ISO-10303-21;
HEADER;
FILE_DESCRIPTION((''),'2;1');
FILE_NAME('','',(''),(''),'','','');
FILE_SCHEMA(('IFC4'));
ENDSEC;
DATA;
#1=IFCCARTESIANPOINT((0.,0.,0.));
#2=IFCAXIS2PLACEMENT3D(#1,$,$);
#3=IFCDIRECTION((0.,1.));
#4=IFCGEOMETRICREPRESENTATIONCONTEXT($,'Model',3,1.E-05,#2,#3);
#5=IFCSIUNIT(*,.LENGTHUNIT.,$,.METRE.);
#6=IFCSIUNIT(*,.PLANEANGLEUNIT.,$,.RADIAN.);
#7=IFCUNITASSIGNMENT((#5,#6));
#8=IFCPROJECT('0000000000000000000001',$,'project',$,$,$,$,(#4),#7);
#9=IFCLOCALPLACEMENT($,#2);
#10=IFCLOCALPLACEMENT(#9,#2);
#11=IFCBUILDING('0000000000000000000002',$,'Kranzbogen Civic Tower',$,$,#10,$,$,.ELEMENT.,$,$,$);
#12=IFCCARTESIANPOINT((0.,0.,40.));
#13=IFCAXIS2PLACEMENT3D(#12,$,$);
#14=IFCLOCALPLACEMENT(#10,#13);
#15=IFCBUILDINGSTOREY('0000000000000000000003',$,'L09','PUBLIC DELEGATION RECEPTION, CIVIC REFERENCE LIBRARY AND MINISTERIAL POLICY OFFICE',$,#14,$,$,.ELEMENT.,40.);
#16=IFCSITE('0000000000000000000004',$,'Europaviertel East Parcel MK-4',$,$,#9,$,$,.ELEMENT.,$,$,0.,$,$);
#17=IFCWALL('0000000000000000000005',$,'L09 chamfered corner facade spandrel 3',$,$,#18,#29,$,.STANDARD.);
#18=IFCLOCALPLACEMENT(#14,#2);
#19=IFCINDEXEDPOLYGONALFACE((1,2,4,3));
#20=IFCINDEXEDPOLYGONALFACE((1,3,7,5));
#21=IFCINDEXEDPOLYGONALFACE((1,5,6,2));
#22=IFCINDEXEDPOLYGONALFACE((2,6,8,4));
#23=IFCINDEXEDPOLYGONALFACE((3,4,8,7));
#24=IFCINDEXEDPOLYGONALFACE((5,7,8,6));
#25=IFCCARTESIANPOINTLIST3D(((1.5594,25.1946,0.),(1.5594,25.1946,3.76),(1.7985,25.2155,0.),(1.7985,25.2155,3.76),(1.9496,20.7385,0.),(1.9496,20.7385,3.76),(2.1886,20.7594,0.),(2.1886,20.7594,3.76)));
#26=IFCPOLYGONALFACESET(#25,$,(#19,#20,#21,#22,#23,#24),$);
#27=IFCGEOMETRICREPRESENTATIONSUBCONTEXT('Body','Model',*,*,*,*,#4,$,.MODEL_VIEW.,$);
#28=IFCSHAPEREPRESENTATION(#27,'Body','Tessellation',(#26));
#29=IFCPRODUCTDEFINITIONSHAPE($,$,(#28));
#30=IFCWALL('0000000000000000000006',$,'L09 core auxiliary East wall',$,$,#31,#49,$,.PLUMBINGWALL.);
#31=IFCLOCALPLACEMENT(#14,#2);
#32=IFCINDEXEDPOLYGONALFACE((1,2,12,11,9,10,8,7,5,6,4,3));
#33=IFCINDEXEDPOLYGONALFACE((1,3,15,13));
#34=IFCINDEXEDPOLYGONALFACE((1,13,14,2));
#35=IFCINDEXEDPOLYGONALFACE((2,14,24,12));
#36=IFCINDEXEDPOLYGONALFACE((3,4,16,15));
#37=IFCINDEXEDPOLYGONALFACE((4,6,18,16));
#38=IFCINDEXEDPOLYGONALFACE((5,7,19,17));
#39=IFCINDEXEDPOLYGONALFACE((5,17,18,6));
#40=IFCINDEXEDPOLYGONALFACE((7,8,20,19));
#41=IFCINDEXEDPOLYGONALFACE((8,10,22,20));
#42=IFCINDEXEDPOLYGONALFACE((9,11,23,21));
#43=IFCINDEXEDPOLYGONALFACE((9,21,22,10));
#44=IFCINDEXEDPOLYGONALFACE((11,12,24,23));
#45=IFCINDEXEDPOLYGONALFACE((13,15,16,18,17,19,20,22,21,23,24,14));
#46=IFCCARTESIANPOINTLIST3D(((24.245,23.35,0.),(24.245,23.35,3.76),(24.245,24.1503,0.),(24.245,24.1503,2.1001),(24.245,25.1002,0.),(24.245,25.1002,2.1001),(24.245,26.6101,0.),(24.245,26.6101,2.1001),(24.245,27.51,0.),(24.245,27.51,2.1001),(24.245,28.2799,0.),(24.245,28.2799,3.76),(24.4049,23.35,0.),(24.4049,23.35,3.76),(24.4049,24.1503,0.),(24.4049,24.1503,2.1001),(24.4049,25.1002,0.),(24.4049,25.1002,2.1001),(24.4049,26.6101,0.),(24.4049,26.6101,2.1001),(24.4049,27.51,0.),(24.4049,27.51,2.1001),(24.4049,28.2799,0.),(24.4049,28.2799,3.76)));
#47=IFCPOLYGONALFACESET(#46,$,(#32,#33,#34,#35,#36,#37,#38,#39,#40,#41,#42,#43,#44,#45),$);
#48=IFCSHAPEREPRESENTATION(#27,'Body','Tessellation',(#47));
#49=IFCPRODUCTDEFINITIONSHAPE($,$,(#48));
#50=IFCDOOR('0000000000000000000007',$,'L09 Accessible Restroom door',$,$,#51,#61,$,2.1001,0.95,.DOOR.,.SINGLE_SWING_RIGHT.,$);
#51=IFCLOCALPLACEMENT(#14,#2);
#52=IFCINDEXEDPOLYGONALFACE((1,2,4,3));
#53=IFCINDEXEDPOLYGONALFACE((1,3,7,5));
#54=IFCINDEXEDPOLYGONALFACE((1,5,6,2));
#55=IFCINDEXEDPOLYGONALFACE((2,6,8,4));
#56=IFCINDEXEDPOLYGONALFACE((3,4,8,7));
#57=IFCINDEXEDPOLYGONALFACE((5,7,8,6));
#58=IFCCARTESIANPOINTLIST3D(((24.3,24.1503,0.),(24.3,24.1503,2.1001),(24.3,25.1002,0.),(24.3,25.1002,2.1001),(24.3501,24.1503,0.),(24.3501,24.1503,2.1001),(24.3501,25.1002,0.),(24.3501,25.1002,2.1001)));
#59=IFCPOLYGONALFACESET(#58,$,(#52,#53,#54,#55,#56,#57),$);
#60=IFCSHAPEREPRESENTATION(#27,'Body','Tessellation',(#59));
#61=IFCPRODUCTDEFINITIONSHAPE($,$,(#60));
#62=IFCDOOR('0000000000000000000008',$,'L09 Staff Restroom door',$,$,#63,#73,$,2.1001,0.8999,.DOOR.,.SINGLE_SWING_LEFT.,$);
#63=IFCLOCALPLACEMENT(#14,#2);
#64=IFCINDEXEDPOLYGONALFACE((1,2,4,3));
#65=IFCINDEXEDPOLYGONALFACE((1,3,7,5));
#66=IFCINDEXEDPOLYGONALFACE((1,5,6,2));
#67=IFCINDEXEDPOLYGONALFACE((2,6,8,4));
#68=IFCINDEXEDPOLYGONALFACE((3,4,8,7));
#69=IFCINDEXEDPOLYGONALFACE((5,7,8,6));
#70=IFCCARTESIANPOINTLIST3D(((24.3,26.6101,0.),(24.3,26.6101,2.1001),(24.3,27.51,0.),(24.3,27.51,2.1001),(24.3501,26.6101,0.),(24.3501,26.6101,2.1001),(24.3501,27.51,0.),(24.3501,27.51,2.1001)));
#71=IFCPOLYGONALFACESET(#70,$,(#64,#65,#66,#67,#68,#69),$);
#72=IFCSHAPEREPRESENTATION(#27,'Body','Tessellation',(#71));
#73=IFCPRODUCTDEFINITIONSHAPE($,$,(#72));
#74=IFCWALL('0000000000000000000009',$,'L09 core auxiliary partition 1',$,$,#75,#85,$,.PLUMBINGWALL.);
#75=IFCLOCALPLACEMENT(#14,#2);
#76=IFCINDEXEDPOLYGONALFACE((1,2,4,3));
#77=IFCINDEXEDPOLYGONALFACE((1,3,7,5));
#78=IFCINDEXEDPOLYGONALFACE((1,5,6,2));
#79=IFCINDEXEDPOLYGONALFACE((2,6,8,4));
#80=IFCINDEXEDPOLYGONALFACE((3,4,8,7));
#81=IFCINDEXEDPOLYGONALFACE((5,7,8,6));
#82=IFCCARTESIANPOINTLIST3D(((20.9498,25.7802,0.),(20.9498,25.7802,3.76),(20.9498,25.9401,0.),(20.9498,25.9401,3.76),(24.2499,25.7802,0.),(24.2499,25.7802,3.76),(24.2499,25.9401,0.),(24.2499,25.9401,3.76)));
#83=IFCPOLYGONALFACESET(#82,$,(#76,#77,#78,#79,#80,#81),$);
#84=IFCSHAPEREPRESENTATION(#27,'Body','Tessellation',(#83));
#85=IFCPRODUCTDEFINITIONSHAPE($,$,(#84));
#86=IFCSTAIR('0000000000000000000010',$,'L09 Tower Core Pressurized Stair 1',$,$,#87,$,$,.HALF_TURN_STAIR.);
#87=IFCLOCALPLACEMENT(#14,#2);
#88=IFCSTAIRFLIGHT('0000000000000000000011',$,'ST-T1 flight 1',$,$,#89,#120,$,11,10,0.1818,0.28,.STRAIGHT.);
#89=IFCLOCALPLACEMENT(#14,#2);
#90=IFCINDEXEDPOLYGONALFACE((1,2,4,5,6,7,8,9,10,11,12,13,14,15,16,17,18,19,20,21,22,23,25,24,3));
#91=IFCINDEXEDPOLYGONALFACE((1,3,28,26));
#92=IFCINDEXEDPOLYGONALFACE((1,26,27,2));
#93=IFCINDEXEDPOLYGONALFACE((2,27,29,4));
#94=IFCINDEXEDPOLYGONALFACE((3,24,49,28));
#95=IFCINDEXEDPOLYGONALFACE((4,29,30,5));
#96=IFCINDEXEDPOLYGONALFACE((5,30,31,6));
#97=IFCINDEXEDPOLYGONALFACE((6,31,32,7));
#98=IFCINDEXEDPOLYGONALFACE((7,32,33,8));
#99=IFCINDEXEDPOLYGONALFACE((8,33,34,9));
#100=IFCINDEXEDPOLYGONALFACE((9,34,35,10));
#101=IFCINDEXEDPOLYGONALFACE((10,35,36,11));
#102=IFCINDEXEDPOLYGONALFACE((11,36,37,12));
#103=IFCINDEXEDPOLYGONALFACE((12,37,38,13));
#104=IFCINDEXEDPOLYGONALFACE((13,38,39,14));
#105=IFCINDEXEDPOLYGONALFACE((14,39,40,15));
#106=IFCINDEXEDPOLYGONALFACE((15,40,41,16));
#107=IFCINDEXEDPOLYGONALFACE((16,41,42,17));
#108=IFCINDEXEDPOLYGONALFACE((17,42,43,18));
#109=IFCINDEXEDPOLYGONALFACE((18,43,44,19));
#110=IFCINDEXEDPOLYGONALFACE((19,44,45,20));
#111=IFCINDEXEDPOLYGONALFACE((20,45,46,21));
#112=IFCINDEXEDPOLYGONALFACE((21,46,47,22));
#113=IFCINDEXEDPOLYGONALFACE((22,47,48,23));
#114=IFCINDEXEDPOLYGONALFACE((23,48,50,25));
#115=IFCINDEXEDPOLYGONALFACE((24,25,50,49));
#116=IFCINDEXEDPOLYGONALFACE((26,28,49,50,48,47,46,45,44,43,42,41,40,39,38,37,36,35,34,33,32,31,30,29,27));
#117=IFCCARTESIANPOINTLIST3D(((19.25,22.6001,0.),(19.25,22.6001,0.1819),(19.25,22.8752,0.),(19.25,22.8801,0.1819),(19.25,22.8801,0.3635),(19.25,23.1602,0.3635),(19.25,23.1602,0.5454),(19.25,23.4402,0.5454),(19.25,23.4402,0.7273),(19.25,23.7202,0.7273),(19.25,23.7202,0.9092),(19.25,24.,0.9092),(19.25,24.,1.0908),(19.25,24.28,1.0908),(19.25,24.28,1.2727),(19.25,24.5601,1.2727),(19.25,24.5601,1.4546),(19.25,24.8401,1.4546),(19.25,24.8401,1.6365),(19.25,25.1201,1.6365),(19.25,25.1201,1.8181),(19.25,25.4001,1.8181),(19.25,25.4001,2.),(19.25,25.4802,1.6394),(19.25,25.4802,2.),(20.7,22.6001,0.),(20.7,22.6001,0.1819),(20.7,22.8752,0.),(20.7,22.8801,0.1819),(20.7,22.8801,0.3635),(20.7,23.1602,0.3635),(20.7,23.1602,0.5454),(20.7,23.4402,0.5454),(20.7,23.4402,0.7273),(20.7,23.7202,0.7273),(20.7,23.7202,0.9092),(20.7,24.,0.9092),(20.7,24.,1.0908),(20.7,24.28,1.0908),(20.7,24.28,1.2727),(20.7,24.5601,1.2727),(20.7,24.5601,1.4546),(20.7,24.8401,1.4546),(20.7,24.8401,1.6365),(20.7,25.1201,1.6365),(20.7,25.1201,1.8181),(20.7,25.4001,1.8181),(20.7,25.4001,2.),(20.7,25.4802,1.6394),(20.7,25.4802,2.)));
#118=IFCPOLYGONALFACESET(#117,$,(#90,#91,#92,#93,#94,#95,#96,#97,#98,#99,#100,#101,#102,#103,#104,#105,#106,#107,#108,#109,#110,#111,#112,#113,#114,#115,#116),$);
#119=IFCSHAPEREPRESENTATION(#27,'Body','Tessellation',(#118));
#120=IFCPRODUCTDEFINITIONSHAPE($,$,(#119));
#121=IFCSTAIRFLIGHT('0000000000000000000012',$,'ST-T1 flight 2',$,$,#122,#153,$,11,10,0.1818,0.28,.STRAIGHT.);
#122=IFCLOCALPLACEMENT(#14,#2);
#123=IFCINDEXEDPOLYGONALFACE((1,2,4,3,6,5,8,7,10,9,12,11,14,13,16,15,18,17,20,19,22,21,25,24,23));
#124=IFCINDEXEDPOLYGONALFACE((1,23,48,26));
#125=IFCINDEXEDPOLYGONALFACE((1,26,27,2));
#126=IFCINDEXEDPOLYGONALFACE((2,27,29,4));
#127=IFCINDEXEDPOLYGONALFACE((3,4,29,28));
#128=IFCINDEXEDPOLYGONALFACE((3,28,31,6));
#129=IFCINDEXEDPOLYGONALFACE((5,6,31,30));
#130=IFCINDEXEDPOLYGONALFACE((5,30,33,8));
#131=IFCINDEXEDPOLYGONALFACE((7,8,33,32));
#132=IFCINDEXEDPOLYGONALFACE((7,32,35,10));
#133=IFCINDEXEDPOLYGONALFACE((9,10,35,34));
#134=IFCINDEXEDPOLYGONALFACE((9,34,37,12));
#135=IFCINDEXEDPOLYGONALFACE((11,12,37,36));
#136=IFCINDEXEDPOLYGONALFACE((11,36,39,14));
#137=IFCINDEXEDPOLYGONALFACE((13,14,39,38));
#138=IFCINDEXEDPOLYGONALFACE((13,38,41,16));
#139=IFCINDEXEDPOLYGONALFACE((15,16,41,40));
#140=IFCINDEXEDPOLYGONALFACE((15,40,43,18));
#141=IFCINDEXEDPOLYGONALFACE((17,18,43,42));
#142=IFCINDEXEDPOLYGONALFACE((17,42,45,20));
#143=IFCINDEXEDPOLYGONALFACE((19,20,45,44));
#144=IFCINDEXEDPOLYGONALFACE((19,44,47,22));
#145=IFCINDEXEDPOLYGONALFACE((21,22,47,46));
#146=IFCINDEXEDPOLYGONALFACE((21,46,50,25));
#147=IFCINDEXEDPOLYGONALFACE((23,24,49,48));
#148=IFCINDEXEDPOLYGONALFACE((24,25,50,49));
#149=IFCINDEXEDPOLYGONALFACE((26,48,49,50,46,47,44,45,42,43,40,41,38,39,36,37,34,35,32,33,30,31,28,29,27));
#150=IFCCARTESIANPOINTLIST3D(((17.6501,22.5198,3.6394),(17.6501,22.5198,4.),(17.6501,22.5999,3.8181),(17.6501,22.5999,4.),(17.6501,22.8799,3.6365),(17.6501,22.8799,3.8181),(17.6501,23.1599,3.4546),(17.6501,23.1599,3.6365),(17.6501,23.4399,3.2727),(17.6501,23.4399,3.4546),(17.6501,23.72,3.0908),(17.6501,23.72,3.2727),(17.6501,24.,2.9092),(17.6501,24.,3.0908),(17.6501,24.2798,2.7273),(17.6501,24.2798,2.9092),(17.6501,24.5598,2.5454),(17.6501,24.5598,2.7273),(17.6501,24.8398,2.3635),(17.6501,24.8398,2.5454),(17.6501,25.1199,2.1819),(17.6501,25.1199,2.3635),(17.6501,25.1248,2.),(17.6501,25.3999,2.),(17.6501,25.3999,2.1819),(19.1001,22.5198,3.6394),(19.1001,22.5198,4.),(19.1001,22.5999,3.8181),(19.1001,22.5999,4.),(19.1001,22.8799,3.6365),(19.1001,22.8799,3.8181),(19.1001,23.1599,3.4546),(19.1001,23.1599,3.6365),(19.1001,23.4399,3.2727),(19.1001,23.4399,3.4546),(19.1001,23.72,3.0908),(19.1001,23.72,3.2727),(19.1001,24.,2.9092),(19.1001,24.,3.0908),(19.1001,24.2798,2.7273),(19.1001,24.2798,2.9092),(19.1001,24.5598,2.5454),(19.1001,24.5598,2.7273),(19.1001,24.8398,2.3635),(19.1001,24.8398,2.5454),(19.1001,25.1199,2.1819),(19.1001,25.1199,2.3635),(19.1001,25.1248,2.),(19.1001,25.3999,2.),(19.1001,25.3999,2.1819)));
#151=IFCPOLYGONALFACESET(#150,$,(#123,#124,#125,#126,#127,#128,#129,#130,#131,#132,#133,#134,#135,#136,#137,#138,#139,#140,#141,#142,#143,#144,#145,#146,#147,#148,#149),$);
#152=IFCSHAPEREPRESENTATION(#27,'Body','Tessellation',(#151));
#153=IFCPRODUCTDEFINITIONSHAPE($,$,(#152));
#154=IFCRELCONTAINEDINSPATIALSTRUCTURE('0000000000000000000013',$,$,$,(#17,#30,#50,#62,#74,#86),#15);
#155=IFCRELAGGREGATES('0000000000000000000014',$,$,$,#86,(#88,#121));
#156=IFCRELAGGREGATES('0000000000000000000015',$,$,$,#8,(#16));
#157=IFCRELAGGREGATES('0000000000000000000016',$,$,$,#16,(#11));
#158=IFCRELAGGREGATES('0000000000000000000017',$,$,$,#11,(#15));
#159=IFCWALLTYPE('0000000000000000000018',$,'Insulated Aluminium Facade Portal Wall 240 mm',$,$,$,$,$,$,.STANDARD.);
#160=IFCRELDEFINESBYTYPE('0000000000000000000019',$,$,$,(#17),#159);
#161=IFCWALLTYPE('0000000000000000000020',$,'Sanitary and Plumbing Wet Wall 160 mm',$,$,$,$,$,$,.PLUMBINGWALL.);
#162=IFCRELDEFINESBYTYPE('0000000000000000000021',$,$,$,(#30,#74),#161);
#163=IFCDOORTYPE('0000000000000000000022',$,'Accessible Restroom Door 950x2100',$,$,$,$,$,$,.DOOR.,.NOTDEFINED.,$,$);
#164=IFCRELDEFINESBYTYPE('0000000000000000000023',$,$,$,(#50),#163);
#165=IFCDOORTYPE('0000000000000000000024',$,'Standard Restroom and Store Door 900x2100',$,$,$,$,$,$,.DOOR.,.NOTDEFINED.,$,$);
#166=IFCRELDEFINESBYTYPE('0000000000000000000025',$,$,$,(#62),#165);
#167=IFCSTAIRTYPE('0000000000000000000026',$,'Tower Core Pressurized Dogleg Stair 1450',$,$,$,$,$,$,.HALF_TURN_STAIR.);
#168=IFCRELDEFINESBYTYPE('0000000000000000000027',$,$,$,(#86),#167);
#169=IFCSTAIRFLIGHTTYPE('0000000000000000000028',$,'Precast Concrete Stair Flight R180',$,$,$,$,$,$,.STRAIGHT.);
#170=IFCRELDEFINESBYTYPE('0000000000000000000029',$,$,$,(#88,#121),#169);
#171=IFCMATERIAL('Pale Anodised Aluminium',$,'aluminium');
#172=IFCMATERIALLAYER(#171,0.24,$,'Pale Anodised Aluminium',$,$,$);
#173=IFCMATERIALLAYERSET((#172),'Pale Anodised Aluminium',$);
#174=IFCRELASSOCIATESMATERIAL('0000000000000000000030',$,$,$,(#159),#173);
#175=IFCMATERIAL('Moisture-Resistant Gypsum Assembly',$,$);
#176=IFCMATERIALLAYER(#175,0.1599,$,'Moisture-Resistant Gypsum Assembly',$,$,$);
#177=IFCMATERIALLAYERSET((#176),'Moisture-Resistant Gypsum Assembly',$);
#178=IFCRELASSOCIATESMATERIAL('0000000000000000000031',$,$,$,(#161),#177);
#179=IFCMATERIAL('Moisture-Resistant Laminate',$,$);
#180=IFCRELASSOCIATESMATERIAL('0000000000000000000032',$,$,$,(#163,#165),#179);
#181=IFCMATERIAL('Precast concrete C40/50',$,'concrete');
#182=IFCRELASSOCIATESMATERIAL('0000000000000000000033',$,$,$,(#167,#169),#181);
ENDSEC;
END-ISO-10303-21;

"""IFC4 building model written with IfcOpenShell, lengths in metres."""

from ifc_helpers import new_model, si_unit, direction, frame, frame_2d, origin, place, context, subcontext, project, spatial, polyline, rectangle, outline, extrude, material, layer, layer_set, type_object, element, fill, aggregate, save


model = new_model("IFC4")

# Units and contexts
model_context = context("Model", 3, precision=1e-05, world=origin(), true_north=direction((0.0, 1.0)))
body_context = subcontext(model_context, "Body", "Model", "MODEL_VIEW")
ifc_project = project(units=[si_unit("LENGTHUNIT", "METRE"), si_unit("PLANEANGLEUNIT", "RADIAN")], contexts=[model_context])

# Site, building, storey
site_placement = place(None, origin())
site = spatial("IfcSite", under=ifc_project, at=site_placement, Name="Europaviertel East Parcel MK-4", CompositionType="ELEMENT", RefElevation=0.0)
building_placement = place(site_placement, origin())
building = spatial("IfcBuilding", under=site, at=building_placement, Name="Kranzbogen Civic Tower", CompositionType="ELEMENT")
storey_placement = place(building_placement, frame((0.0, 0.0, 40.0)))
storey = spatial("IfcBuildingStorey", under=building, at=storey_placement, Name="L09", Description="PUBLIC DELEGATION RECEPTION, CIVIC REFERENCE LIBRARY AND MINISTERIAL POLICY OFFICE", CompositionType="ELEMENT", Elevation=40.0)

# Shared definitions
ifc_material_1 = material(Name="Pale Anodised Aluminium", Category="aluminium")

# Wall
ifc_layer_1 = layer(ifc_material_1, 0.24, Name="Pale Anodised Aluminium")
ifc_layer_set_1 = layer_set([ifc_layer_1], Name="Pale Anodised Aluminium")
wall_type_1 = type_object("IfcWallType", Name="Insulated Aluminium Facade Portal Wall 240 mm", PredefinedType="STANDARD", material=ifc_layer_set_1)
wall_1_placement = place(storey_placement, frame((1.679, 25.2051, 0.0), z_axis=(0.0, 0.0, 1.0), x_axis=(0.087218, -0.996189, 0.0)))
element("IfcWall", 1, at=wall_1_placement, inside=storey, type_object=wall_type_1, Name="L09 chamfered corner facade spandrel 3", PredefinedType="STANDARD", context=body_context, shape_type="SweptSolid", body=[
    extrude(rectangle(XDim=4.4731, YDim=0.24, at=frame_2d((2.2366, 0.0))), origin(), (0.0, 0.0, 1.0), 3.76),
])

# Wall, openings, doors
ifc_material_2 = material(Name="Moisture-Resistant Gypsum Assembly")
ifc_layer_2 = layer(ifc_material_2, 0.1599, Name="Moisture-Resistant Gypsum Assembly")
ifc_layer_set_2 = layer_set([ifc_layer_2], Name="Moisture-Resistant Gypsum Assembly")
wall_type_2 = type_object("IfcWallType", Name="Sanitary and Plumbing Wet Wall 160 mm", PredefinedType="PLUMBINGWALL", material=ifc_layer_set_2)
wall_2_placement = place(storey_placement, frame((24.325, 23.3501, 0.0), z_axis=(0.0, 0.0, 1.0), x_axis=(0.0, 1.0, 0.0)))
wall_2 = element("IfcWall", 2, at=wall_2_placement, inside=storey, type_object=wall_type_2, Name="L09 core auxiliary East wall", PredefinedType="PLUMBINGWALL", context=body_context, shape_type="SweptSolid", body=[
    extrude(rectangle(XDim=4.9299, YDim=0.1599, at=frame_2d((2.4648, 0.0))), origin(), (0.0, 0.0, 1.0), 3.76),
])
opening_1_placement = place(wall_2_placement, frame((0.8, 0.0, 0.0)))
opening_1 = element("IfcOpeningElement", 3, at=opening_1_placement, cuts=wall_2, PredefinedType="OPENING", context=body_context, shape_type="SweptSolid", body=[
    extrude(rectangle(XDim=0.95, YDim=2.1001, at=frame_2d((0.4751, 1.05))), frame((0.0, 0.0898, 0.0), z_axis=(0.0, -1.0, 0.0), x_axis=(1.0, 0.0, 0.0)), (0.0, 0.0, 1.0), 0.1799),
])
opening_2_placement = place(wall_2_placement, frame((3.26, 0.0, 0.0)))
opening_2 = element("IfcOpeningElement", 4, at=opening_2_placement, cuts=wall_2, PredefinedType="OPENING", context=body_context, shape_type="SweptSolid", body=[
    extrude(rectangle(XDim=0.8999, YDim=2.1001, at=frame_2d((0.45, 1.05))), frame((0.0, 0.0898, 0.0), z_axis=(0.0, -1.0, 0.0), x_axis=(1.0, 0.0, 0.0)), (0.0, 0.0, 1.0), 0.1799),
])
ifc_material_3 = material(Name="Moisture-Resistant Laminate")
door_type_1 = type_object("IfcDoorType", Name="Accessible Restroom Door 950x2100", OperationType="NOTDEFINED", PredefinedType="DOOR", material=ifc_material_3)
door_1_placement = place(opening_1_placement, origin())
door_1 = element("IfcDoor", 5, at=door_1_placement, inside=storey, type_object=door_type_1, Name="L09 Accessible Restroom door", OperationType="SINGLE_SWING_RIGHT", OverallHeight=2.1001, OverallWidth=0.95, PredefinedType="DOOR", context=body_context, shape_type="SweptSolid", body=[
    extrude(rectangle(XDim=0.95, YDim=2.1001, at=frame_2d((0.4751, 1.05))), frame((0.0, 0.0249, 0.0), z_axis=(0.0, -1.0, 0.0), x_axis=(1.0, 0.0, 0.0)), (0.0, 0.0, 1.0), 0.05),
])
fill(opening_1, door_1)
door_type_2 = type_object("IfcDoorType", Name="Standard Restroom and Store Door 900x2100", OperationType="NOTDEFINED", PredefinedType="DOOR", material=ifc_material_3)
door_2_placement = place(opening_2_placement, origin())
door_2 = element("IfcDoor", 6, at=door_2_placement, inside=storey, type_object=door_type_2, Name="L09 Staff Restroom door", OperationType="SINGLE_SWING_LEFT", OverallHeight=2.1001, OverallWidth=0.8999, PredefinedType="DOOR", context=body_context, shape_type="SweptSolid", body=[
    extrude(rectangle(XDim=0.8999, YDim=2.1001, at=frame_2d((0.45, 1.05))), frame((0.0, 0.0249, 0.0), z_axis=(0.0, -1.0, 0.0), x_axis=(1.0, 0.0, 0.0)), (0.0, 0.0, 1.0), 0.05),
])
fill(opening_2, door_2)

# Wall
wall_3_placement = place(storey_placement, frame((20.95, 25.8601, 0.0), z_axis=(0.0, 0.0, 1.0), x_axis=(1.0, 0.0, 0.0)))
element("IfcWall", 7, at=wall_3_placement, inside=storey, type_object=wall_type_2, Name="L09 core auxiliary partition 1", PredefinedType="PLUMBINGWALL", context=body_context, shape_type="SweptSolid", body=[
    extrude(rectangle(XDim=3.3, YDim=0.1599, at=frame_2d((1.6499, 0.0))), origin(), (0.0, 0.0, 1.0), 3.76),
])

# Stair, stair flights
ifc_material_4 = material(Name="Precast concrete C40/50", Category="concrete")
stair_type = type_object("IfcStairType", Name="Tower Core Pressurized Dogleg Stair 1450", PredefinedType="HALF_TURN_STAIR", material=ifc_material_4)
stair_placement = place(storey_placement, origin())
stair = element("IfcStair", 8, at=stair_placement, inside=storey, type_object=stair_type, Name="L09 Tower Core Pressurized Stair 1", PredefinedType="HALF_TURN_STAIR")
stair_flight_type = type_object("IfcStairFlightType", Name="Precast Concrete Stair Flight R180", PredefinedType="STRAIGHT", material=ifc_material_4)
stair_flight_1_placement = place(storey_placement, frame((19.9751, 22.6001, 0.0), z_axis=(0.0, 0.0, 1.0), x_axis=(0.0, 1.0, 0.0)))
stair_flight_1 = element("IfcStairFlight", 9, at=stair_flight_1_placement, type_object=stair_flight_type, Name="ST-T1 flight 1", NumberOfRisers=11, NumberOfTreads=10, PredefinedType="STRAIGHT", RiserHeight=0.1818, TreadLength=0.28, context=body_context, shape_type="SweptSolid", body=[
    extrude(outline(polyline([(0.0, 0.0), (0.0, 0.1819), (0.28, 0.1819), (0.28, 0.3635), (0.5601, 0.3635), (0.5601, 0.5454), (0.8401, 0.5454), (0.8401, 0.7273), (1.1201, 0.7273), (1.1201, 0.9092), (1.3999, 0.9092), (1.3999, 1.0908), (1.6799, 1.0908), (1.6799, 1.2727), (1.96, 1.2727), (1.96, 1.4546), (2.24, 1.4546), (2.24, 1.6365), (2.52, 1.6365), (2.52, 1.8181), (2.8, 1.8181), (2.8, 2.0), (2.8801, 2.0), (2.8801, 1.6394), (0.2751, 0.0), (0.0, 0.0)])), frame((0.0, 0.7251, 0.0), z_axis=(0.0, -1.0, 0.0), x_axis=(1.0, 0.0, 0.0)), (0.0, 0.0, 1.0), 1.45),
])
stair_flight_2_placement = place(storey_placement, frame((18.375, 25.3999, 2.0), z_axis=(0.0, 0.0, 1.0), x_axis=(0.0, -1.0, 0.0)))
stair_flight_2 = element("IfcStairFlight", 10, at=stair_flight_2_placement, type_object=stair_flight_type, Name="ST-T1 flight 2", NumberOfRisers=11, NumberOfTreads=10, PredefinedType="STRAIGHT", RiserHeight=0.1818, TreadLength=0.28, context=body_context, shape_type="SweptSolid", body=[
    extrude(outline(polyline([(0.0, 0.0), (0.0, 0.1819), (0.28, 0.1819), (0.28, 0.3635), (0.5601, 0.3635), (0.5601, 0.5454), (0.8401, 0.5454), (0.8401, 0.7273), (1.1201, 0.7273), (1.1201, 0.9092), (1.3999, 0.9092), (1.3999, 1.0908), (1.6799, 1.0908), (1.6799, 1.2727), (1.96, 1.2727), (1.96, 1.4546), (2.24, 1.4546), (2.24, 1.6365), (2.52, 1.6365), (2.52, 1.8181), (2.8, 1.8181), (2.8, 2.0), (2.8801, 2.0), (2.8801, 1.6394), (0.2751, 0.0), (0.0, 0.0)])), frame((0.0, 0.7251, 0.0), z_axis=(0.0, -1.0, 0.0), x_axis=(1.0, 0.0, 0.0)), (0.0, 0.0, 1.0), 1.45),
])
aggregate(stair, [stair_flight_1, stair_flight_2])

save(model, "model.ifc")
